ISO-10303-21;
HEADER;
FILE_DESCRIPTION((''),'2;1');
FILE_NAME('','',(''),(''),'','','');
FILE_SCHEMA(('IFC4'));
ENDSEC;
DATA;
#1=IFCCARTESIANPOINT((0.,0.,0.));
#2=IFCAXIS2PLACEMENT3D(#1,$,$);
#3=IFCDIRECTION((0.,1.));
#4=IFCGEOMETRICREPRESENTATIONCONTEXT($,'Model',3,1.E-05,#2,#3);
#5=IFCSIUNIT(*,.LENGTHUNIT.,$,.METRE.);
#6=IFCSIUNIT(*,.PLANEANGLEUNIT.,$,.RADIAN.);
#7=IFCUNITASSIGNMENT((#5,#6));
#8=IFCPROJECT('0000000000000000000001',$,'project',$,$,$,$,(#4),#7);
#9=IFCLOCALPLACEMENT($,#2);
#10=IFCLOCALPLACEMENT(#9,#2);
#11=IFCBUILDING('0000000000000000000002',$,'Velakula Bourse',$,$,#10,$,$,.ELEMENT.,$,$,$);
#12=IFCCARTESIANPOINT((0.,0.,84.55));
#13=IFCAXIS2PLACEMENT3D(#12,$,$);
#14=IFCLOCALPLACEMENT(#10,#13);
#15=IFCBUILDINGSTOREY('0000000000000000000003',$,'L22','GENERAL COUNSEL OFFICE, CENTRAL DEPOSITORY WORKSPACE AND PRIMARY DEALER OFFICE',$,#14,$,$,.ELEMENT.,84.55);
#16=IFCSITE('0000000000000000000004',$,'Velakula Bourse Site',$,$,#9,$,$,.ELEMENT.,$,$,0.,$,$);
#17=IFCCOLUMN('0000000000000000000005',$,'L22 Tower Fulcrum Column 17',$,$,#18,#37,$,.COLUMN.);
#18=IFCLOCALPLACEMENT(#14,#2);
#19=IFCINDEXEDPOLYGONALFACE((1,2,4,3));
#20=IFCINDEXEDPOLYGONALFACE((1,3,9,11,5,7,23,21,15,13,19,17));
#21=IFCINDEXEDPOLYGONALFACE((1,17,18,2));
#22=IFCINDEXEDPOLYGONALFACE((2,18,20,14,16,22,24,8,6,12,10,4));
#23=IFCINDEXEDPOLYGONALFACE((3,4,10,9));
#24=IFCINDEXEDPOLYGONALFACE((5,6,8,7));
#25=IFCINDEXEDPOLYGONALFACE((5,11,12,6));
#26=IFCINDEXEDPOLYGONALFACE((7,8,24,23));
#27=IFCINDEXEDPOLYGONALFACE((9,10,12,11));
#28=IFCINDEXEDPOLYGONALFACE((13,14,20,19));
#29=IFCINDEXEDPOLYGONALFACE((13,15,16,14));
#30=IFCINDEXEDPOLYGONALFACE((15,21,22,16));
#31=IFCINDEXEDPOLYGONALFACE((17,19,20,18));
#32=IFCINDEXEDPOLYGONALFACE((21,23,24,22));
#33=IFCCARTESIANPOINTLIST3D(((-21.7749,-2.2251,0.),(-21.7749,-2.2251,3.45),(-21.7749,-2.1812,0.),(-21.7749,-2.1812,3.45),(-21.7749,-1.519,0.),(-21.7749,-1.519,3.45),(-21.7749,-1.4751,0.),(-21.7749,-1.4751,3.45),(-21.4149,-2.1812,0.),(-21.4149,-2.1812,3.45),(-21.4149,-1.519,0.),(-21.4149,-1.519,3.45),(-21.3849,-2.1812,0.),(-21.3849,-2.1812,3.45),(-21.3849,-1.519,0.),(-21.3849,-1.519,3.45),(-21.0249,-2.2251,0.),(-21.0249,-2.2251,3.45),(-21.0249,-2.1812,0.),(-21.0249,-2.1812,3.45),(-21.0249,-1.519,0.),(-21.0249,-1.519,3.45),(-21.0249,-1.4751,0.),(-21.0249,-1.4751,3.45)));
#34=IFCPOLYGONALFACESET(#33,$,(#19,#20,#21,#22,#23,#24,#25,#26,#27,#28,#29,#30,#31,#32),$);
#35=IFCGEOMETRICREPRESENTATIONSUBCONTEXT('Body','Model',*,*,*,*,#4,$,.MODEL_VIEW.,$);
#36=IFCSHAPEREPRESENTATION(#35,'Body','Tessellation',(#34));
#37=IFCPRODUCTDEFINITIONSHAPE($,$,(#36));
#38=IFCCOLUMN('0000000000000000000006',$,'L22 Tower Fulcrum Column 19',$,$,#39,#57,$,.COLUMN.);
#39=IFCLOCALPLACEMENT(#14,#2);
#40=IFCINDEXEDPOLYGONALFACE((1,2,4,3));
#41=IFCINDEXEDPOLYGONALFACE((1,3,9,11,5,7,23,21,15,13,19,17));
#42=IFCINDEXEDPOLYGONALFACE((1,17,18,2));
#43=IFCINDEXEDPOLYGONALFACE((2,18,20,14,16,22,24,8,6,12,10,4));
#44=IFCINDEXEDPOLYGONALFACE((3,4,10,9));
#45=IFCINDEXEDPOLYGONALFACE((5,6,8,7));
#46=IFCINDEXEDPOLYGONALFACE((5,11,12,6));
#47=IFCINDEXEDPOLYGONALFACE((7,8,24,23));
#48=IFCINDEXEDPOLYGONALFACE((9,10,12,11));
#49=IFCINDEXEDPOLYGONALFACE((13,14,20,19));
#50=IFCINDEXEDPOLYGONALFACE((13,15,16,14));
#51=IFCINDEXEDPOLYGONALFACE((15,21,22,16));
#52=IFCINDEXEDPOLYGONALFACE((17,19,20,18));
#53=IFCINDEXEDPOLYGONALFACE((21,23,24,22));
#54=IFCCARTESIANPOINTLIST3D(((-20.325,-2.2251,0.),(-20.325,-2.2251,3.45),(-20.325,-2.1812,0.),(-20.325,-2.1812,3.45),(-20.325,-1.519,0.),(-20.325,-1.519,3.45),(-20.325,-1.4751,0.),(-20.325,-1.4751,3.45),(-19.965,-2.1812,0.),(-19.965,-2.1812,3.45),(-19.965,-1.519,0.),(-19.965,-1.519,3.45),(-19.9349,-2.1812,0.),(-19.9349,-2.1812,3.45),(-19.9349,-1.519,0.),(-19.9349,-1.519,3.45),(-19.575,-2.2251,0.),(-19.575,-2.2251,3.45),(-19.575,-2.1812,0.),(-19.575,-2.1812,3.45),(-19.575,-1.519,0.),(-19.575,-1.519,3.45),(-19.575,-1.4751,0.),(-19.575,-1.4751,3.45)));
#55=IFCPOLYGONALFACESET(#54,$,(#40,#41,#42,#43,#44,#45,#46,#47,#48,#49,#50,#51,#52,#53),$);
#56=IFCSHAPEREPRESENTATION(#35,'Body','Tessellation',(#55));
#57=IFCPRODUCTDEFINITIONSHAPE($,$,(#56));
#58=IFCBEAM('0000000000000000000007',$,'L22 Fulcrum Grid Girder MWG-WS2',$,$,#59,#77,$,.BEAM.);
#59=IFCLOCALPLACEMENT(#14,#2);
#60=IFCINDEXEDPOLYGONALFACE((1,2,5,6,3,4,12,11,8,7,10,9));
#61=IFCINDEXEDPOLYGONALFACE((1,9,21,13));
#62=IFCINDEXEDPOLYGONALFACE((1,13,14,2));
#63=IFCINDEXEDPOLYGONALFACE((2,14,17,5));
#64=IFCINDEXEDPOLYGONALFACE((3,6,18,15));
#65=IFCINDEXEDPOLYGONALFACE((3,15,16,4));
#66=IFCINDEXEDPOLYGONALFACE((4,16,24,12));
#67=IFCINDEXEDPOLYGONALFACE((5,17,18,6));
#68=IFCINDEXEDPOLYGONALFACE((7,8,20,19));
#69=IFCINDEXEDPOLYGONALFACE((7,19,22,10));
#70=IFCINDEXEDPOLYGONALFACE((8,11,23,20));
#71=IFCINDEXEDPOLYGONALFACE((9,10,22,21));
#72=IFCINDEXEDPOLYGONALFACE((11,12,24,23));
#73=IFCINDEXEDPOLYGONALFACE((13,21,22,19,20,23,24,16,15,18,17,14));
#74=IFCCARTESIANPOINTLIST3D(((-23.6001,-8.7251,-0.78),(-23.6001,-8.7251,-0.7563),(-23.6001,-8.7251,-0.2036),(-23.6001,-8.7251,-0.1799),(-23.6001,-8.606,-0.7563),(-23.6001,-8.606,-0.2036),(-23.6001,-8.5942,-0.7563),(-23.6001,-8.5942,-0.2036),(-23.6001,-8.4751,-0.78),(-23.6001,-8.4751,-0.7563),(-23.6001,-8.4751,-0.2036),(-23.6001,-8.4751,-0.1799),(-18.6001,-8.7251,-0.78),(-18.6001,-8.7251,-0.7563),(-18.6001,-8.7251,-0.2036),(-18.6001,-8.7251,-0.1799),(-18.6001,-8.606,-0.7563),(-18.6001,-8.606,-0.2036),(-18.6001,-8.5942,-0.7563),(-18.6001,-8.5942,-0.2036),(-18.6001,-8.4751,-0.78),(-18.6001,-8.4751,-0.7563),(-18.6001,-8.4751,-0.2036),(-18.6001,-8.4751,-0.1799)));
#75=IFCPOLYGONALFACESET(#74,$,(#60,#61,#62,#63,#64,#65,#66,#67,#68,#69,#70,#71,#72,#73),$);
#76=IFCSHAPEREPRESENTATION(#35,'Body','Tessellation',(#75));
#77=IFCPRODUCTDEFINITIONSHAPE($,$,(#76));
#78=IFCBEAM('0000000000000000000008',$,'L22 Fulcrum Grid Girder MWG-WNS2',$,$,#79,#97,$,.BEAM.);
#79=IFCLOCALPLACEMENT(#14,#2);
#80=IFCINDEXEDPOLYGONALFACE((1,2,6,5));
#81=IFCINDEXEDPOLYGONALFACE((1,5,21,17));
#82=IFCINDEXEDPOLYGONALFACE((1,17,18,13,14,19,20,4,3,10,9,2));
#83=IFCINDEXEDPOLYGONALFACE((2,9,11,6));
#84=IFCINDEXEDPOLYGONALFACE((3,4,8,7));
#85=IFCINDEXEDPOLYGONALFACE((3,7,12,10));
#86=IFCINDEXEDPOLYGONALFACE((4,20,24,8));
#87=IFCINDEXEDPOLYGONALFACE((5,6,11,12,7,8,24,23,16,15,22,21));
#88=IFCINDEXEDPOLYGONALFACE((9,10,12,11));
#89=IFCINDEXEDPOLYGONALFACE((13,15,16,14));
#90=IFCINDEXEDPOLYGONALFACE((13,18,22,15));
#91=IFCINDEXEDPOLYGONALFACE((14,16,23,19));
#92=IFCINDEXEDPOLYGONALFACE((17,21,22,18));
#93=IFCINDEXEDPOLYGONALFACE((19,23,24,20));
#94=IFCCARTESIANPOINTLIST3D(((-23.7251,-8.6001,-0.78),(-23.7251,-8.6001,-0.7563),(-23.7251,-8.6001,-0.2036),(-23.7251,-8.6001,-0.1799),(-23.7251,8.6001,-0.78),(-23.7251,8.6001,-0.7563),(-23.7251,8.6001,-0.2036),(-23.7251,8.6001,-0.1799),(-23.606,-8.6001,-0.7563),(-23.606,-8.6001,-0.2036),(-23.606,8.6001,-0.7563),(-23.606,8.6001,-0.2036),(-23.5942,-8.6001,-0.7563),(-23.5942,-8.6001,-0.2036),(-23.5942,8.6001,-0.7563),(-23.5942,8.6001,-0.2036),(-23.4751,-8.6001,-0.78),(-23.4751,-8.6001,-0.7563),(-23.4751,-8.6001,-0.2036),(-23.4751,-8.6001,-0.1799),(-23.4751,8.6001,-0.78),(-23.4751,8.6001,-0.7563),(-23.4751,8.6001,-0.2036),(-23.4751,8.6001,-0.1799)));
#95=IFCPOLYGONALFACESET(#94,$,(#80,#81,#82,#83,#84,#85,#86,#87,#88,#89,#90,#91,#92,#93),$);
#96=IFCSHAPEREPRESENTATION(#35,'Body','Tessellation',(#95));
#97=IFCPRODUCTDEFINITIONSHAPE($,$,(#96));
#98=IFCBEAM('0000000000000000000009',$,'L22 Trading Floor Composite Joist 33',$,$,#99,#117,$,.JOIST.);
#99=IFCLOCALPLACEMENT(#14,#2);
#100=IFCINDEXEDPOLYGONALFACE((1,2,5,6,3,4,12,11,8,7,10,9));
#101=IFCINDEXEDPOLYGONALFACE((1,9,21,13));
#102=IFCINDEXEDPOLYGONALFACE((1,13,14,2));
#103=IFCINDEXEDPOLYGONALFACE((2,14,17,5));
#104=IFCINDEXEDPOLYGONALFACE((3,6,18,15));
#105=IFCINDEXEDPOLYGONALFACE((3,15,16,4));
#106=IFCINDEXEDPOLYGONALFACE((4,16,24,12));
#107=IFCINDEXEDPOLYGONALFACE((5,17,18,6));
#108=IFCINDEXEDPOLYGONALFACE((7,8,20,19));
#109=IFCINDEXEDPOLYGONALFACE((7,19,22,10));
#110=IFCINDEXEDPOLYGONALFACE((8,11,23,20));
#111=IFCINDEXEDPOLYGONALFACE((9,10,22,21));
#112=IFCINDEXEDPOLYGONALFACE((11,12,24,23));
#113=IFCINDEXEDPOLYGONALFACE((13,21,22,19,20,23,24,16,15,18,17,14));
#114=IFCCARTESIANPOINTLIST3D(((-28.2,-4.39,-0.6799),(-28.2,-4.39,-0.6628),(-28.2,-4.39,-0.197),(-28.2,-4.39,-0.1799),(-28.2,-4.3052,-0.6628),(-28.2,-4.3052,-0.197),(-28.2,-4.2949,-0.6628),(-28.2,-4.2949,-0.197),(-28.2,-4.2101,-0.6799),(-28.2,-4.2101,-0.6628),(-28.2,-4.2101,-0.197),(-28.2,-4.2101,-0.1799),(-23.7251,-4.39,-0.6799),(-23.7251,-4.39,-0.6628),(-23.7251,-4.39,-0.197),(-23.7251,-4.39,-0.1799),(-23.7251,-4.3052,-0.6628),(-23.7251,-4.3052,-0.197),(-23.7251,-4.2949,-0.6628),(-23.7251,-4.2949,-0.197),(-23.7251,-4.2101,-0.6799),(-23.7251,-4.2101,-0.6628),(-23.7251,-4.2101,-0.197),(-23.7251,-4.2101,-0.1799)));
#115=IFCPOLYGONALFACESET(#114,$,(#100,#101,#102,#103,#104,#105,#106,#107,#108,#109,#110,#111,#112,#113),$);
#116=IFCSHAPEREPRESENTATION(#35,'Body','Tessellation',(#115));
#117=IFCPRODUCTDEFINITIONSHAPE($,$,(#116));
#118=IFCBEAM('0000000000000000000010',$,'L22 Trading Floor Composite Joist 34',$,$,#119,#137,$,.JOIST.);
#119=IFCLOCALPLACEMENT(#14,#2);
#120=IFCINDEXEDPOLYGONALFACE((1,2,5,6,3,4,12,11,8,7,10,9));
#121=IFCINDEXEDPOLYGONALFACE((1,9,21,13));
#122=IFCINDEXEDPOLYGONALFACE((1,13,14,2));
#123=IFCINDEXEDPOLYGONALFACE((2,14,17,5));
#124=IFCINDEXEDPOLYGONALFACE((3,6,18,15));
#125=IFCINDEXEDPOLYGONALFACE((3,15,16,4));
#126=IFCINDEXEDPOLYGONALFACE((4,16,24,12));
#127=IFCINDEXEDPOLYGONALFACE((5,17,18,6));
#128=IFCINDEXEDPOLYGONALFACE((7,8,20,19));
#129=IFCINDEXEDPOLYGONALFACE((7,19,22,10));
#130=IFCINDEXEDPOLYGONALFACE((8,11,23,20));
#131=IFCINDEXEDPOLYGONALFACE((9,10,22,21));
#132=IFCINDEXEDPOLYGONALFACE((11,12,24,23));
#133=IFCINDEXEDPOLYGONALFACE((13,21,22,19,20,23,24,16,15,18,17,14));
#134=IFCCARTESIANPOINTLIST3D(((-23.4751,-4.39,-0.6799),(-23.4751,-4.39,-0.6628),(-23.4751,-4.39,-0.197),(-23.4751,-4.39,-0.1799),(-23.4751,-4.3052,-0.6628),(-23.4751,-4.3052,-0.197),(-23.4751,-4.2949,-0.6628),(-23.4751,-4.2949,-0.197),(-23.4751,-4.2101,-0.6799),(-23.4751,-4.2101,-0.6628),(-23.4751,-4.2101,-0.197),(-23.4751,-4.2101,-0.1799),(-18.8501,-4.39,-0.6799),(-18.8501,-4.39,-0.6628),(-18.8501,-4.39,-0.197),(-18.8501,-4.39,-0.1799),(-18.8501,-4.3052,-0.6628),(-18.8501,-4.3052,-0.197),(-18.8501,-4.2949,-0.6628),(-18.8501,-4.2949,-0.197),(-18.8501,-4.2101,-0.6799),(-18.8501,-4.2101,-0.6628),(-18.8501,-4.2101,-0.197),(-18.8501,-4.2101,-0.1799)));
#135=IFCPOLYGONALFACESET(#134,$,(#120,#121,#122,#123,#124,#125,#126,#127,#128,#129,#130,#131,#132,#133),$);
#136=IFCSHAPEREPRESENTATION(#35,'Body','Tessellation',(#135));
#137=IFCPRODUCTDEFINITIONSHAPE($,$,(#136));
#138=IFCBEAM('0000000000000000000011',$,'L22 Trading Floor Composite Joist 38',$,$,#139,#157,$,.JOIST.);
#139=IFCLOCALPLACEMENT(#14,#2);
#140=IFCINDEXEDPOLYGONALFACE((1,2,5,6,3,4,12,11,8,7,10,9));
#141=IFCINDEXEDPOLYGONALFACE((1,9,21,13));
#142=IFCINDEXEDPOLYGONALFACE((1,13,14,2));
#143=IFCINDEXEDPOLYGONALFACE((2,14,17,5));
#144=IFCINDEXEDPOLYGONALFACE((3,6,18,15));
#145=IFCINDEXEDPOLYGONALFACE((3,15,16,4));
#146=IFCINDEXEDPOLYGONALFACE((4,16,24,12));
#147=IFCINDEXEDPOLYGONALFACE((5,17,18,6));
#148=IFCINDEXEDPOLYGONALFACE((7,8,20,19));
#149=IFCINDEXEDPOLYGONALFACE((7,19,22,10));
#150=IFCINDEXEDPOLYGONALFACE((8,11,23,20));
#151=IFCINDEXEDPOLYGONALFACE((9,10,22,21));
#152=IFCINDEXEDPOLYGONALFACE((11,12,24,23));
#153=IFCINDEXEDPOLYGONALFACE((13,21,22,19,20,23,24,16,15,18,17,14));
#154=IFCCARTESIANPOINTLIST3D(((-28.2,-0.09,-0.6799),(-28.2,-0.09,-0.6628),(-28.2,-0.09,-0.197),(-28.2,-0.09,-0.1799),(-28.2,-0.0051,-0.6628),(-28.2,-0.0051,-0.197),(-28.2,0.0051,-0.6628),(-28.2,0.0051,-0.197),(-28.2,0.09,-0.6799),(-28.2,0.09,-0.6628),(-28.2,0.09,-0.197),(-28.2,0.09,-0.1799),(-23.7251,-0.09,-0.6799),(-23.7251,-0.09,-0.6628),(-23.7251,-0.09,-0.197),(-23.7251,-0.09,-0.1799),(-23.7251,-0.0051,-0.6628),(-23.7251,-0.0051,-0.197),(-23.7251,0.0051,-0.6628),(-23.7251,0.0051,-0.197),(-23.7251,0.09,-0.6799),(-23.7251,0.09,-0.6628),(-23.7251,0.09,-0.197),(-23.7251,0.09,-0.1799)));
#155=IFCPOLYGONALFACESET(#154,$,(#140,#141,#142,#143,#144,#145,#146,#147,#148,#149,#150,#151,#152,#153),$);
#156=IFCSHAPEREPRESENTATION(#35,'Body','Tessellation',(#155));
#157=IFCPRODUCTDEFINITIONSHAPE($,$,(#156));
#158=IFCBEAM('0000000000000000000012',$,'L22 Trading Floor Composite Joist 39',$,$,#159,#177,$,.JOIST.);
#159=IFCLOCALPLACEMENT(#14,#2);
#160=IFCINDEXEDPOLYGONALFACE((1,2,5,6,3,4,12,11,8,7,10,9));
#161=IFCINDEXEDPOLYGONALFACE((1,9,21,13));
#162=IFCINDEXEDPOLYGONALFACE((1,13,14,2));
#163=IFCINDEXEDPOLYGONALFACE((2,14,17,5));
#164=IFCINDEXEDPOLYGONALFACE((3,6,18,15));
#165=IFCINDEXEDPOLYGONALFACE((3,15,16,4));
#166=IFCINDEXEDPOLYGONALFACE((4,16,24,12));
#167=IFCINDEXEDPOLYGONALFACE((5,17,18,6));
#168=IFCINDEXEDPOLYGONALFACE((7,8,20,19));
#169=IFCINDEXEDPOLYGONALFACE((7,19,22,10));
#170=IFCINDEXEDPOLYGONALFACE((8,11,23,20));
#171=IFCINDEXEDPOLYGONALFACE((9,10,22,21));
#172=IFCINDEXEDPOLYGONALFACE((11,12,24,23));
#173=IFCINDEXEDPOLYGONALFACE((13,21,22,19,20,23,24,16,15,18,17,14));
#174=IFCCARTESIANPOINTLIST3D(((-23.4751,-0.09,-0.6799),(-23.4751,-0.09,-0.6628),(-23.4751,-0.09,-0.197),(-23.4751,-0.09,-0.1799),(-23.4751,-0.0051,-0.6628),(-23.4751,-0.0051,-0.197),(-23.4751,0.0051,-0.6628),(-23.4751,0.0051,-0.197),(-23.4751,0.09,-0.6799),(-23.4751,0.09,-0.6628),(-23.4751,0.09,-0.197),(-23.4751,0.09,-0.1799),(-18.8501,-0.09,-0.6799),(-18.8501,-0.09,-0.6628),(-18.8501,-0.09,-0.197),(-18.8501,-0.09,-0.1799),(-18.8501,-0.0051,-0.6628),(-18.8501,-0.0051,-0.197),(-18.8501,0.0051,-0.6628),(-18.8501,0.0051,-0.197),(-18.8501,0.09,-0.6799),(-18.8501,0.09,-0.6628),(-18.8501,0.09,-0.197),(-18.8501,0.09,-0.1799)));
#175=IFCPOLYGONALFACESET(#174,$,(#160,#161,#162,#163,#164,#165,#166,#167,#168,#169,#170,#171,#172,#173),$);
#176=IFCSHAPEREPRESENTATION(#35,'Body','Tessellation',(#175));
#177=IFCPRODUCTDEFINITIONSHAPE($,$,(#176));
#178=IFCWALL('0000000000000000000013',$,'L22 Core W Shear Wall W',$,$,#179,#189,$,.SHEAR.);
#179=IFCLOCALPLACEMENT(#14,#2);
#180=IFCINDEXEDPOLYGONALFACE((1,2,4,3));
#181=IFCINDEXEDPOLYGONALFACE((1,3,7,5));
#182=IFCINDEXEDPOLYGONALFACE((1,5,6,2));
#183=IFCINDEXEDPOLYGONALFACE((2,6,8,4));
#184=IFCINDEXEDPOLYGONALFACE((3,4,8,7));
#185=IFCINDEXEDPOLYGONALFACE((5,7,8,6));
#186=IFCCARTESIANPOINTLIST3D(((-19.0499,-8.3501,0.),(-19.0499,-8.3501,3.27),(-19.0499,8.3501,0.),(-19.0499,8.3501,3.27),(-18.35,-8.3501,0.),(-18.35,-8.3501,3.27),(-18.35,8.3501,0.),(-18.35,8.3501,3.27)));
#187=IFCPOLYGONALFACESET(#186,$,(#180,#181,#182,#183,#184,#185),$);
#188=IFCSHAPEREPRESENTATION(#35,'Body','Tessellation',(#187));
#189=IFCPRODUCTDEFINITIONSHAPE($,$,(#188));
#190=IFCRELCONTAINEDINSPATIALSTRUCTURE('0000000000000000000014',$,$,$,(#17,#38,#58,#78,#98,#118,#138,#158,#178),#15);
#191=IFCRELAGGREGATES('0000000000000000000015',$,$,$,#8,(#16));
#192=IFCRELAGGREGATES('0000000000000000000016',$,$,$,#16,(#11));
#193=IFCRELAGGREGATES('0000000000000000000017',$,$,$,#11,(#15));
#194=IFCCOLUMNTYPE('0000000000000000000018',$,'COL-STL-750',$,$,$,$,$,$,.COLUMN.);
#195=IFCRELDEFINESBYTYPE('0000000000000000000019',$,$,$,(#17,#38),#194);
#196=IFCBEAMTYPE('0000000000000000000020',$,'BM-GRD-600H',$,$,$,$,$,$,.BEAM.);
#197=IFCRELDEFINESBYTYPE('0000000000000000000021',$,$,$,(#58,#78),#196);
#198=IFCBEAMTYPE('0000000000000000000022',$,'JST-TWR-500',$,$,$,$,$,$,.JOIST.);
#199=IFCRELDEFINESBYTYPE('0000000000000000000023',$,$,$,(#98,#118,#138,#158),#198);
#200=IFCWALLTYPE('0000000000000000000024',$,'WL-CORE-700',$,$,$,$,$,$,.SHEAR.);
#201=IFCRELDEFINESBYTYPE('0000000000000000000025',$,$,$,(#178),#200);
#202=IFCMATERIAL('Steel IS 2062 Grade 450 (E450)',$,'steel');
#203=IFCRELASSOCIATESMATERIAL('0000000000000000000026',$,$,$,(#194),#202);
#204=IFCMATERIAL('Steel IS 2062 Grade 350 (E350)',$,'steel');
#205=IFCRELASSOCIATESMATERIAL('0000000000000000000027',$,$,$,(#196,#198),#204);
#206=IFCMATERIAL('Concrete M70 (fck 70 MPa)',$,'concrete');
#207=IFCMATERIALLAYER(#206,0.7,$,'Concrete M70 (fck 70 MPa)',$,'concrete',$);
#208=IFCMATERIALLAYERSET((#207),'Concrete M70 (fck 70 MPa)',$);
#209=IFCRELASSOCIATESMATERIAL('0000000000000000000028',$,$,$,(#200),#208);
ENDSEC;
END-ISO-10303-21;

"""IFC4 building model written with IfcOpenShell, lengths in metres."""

from ifc_helpers import new_model, si_unit, direction, frame, frame_2d, origin, origin_2d, place, context, subcontext, project, spatial, rectangle, i_section, extrude, material, layer, layer_set, material_profile, profile_set, type_object, element, save


model = new_model("IFC4")

# Units and contexts
model_context = context("Model", 3, precision=1e-05, world=origin(), true_north=direction((0.0, 1.0)))
body_context = subcontext(model_context, "Body", "Model", "MODEL_VIEW")
ifc_project = project(units=[si_unit("LENGTHUNIT", "METRE"), si_unit("PLANEANGLEUNIT", "RADIAN")], contexts=[model_context])

# Site, building, storey
site_placement = place(None, origin())
site = spatial("IfcSite", under=ifc_project, at=site_placement, Name="Velakula Bourse Site", CompositionType="ELEMENT", RefElevation=0.0)
building_placement = place(site_placement, origin())
building = spatial("IfcBuilding", under=site, at=building_placement, Name="Velakula Bourse", CompositionType="ELEMENT")
storey_placement = place(building_placement, frame((0.0, 0.0, 84.55)))
storey = spatial("IfcBuildingStorey", under=building, at=storey_placement, Name="L22", Description="GENERAL COUNSEL OFFICE, CENTRAL DEPOSITORY WORKSPACE AND PRIMARY DEALER OFFICE", CompositionType="ELEMENT", Elevation=84.55)

# Columns
ifc_material_1 = material(Name="Steel IS 2062 Grade 450 (E450)", Category="steel")
ifc_material_profile_1 = material_profile(ifc_material_1, i_section(OverallWidth=0.75, OverallDepth=0.75, WebThickness=0.03, FlangeThickness=0.0439, at=origin_2d()), Name="Steel IS 2062 Grade 450 (E450)")
ifc_profile_set_1 = profile_set([ifc_material_profile_1], Name="Steel IS 2062 Grade 450 (E450)")
column_type = type_object("IfcColumnType", Name="COL-STL-750", PredefinedType="COLUMN", material=ifc_profile_set_1)
for number, where, z_axis, x_axis, name in (
    (1, (-21.3999, -1.8501, 0.0), (0.0, 0.0, 1.0), (1.0, 0.0, 0.0), "L22 Tower Fulcrum Column 17"),
    (2, (-19.95, -1.8501, 0.0), (0.0, 0.0, 1.0), (1.0, 0.0, 0.0), "L22 Tower Fulcrum Column 19"),
):
    element("IfcColumn", number, at=place(storey_placement, frame(where, z_axis=z_axis, x_axis=x_axis)), inside=storey, type_object=column_type, Name=name, PredefinedType="COLUMN", context=body_context, shape_type="SweptSolid", body=[
        extrude(i_section(OverallWidth=0.75, OverallDepth=0.75, WebThickness=0.03, FlangeThickness=0.0439, at=origin_2d()), origin(), (0.0, 0.0, 1.0), 3.45),
    ])

# Beams
ifc_material_2 = material(Name="Steel IS 2062 Grade 350 (E350)", Category="steel")
ifc_material_profile_2 = material_profile(ifc_material_2, i_section(OverallWidth=0.25, OverallDepth=0.6001, WebThickness=0.0117, FlangeThickness=0.0237, at=origin_2d()), Name="Steel IS 2062 Grade 350 (E350)")
ifc_profile_set_2 = profile_set([ifc_material_profile_2], Name="Steel IS 2062 Grade 350 (E350)")
beam_type_1 = type_object("IfcBeamType", Name="BM-GRD-600H", PredefinedType="BEAM", material=ifc_profile_set_2)
beam_1_placement = place(storey_placement, frame((-23.6001, -8.6001, -0.48), z_axis=(1.0, 0.0, 0.0), x_axis=(0.0, 1.0, 0.0)))
element("IfcBeam", 3, at=beam_1_placement, inside=storey, type_object=beam_type_1, Name="L22 Fulcrum Grid Girder MWG-WS2", PredefinedType="BEAM", context=body_context, shape_type="SweptSolid", body=[
    extrude(i_section(OverallWidth=0.25, OverallDepth=0.6001, WebThickness=0.0117, FlangeThickness=0.0237, at=origin_2d()), origin(), (0.0, 0.0, 1.0), 5.0),
])
beam_2_placement = place(storey_placement, frame((-23.6001, -8.6001, -0.48), z_axis=(0.0, 1.0, 0.0), x_axis=(-1.0, 0.0, 0.0)))
element("IfcBeam", 4, at=beam_2_placement, inside=storey, type_object=beam_type_1, Name="L22 Fulcrum Grid Girder MWG-WNS2", PredefinedType="BEAM", context=body_context, shape_type="SweptSolid", body=[
    extrude(i_section(OverallWidth=0.25, OverallDepth=0.6001, WebThickness=0.0117, FlangeThickness=0.0237, at=origin_2d()), origin(), (0.0, 0.0, 1.0), 17.2002),
])
ifc_material_profile_3 = material_profile(ifc_material_2, i_section(OverallWidth=0.1799, OverallDepth=0.5, WebThickness=0.0103, FlangeThickness=0.0171, at=origin_2d()), Name="Steel IS 2062 Grade 350 (E350)")
ifc_profile_set_3 = profile_set([ifc_material_profile_3], Name="Steel IS 2062 Grade 350 (E350)")
beam_type_2 = type_object("IfcBeamType", Name="JST-TWR-500", PredefinedType="JOIST", material=ifc_profile_set_3)
beam_3_placement = place(storey_placement, frame((-28.2, -4.3, -0.4299), z_axis=(1.0, 0.0, 0.0), x_axis=(0.0, 1.0, 0.0)))
element("IfcBeam", 5, at=beam_3_placement, inside=storey, type_object=beam_type_2, Name="L22 Trading Floor Composite Joist 33", PredefinedType="JOIST", context=body_context, shape_type="SweptSolid", body=[
    extrude(i_section(OverallWidth=0.1799, OverallDepth=0.5, WebThickness=0.0103, FlangeThickness=0.0171, at=origin_2d()), origin(), (0.0, 0.0, 1.0), 4.4749),
])
beam_4_placement = place(storey_placement, frame((-23.4751, -4.3, -0.4299), z_axis=(1.0, 0.0, 0.0), x_axis=(0.0, 1.0, 0.0)))
element("IfcBeam", 6, at=beam_4_placement, inside=storey, type_object=beam_type_2, Name="L22 Trading Floor Composite Joist 34", PredefinedType="JOIST", context=body_context, shape_type="SweptSolid", body=[
    extrude(i_section(OverallWidth=0.1799, OverallDepth=0.5, WebThickness=0.0103, FlangeThickness=0.0171, at=origin_2d()), origin(), (0.0, 0.0, 1.0), 4.625),
])
beam_5_placement = place(storey_placement, frame((-28.2, 0.0, -0.4299), z_axis=(1.0, 0.0, 0.0), x_axis=(0.0, 1.0, 0.0)))
element("IfcBeam", 7, at=beam_5_placement, inside=storey, type_object=beam_type_2, Name="L22 Trading Floor Composite Joist 38", PredefinedType="JOIST", context=body_context, shape_type="SweptSolid", body=[
    extrude(i_section(OverallWidth=0.1799, OverallDepth=0.5, WebThickness=0.0103, FlangeThickness=0.0171, at=origin_2d()), origin(), (0.0, 0.0, 1.0), 4.4749),
])
beam_6_placement = place(storey_placement, frame((-23.4751, 0.0, -0.4299), z_axis=(1.0, 0.0, 0.0), x_axis=(0.0, 1.0, 0.0)))
element("IfcBeam", 8, at=beam_6_placement, inside=storey, type_object=beam_type_2, Name="L22 Trading Floor Composite Joist 39", PredefinedType="JOIST", context=body_context, shape_type="SweptSolid", body=[
    extrude(i_section(OverallWidth=0.1799, OverallDepth=0.5, WebThickness=0.0103, FlangeThickness=0.0171, at=origin_2d()), origin(), (0.0, 0.0, 1.0), 4.625),
])

# Wall
ifc_material_3 = material(Name="Concrete M70 (fck 70 MPa)", Category="concrete")
ifc_layer_1 = layer(ifc_material_3, 0.7, Name="Concrete M70 (fck 70 MPa)", Category="concrete")
ifc_layer_set_1 = layer_set([ifc_layer_1], Name="Concrete M70 (fck 70 MPa)")
wall_type_1 = type_object("IfcWallType", Name="WL-CORE-700", PredefinedType="SHEAR", material=ifc_layer_set_1)
wall_1_placement = place(storey_placement, frame((-18.7, -8.3501, 0.0), z_axis=(0.0, 0.0, 1.0), x_axis=(0.0, 1.0, 0.0)))
element("IfcWall", 9, at=wall_1_placement, inside=storey, type_object=wall_type_1, Name="L22 Core W Shear Wall W", PredefinedType="SHEAR", context=body_context, shape_type="SweptSolid", body=[
    extrude(rectangle(XDim=16.7002, YDim=0.7, at=frame_2d((8.3501, 0.0))), origin(), (0.0, 0.0, 1.0), 3.27),
])

save(model, "model.ifc")
